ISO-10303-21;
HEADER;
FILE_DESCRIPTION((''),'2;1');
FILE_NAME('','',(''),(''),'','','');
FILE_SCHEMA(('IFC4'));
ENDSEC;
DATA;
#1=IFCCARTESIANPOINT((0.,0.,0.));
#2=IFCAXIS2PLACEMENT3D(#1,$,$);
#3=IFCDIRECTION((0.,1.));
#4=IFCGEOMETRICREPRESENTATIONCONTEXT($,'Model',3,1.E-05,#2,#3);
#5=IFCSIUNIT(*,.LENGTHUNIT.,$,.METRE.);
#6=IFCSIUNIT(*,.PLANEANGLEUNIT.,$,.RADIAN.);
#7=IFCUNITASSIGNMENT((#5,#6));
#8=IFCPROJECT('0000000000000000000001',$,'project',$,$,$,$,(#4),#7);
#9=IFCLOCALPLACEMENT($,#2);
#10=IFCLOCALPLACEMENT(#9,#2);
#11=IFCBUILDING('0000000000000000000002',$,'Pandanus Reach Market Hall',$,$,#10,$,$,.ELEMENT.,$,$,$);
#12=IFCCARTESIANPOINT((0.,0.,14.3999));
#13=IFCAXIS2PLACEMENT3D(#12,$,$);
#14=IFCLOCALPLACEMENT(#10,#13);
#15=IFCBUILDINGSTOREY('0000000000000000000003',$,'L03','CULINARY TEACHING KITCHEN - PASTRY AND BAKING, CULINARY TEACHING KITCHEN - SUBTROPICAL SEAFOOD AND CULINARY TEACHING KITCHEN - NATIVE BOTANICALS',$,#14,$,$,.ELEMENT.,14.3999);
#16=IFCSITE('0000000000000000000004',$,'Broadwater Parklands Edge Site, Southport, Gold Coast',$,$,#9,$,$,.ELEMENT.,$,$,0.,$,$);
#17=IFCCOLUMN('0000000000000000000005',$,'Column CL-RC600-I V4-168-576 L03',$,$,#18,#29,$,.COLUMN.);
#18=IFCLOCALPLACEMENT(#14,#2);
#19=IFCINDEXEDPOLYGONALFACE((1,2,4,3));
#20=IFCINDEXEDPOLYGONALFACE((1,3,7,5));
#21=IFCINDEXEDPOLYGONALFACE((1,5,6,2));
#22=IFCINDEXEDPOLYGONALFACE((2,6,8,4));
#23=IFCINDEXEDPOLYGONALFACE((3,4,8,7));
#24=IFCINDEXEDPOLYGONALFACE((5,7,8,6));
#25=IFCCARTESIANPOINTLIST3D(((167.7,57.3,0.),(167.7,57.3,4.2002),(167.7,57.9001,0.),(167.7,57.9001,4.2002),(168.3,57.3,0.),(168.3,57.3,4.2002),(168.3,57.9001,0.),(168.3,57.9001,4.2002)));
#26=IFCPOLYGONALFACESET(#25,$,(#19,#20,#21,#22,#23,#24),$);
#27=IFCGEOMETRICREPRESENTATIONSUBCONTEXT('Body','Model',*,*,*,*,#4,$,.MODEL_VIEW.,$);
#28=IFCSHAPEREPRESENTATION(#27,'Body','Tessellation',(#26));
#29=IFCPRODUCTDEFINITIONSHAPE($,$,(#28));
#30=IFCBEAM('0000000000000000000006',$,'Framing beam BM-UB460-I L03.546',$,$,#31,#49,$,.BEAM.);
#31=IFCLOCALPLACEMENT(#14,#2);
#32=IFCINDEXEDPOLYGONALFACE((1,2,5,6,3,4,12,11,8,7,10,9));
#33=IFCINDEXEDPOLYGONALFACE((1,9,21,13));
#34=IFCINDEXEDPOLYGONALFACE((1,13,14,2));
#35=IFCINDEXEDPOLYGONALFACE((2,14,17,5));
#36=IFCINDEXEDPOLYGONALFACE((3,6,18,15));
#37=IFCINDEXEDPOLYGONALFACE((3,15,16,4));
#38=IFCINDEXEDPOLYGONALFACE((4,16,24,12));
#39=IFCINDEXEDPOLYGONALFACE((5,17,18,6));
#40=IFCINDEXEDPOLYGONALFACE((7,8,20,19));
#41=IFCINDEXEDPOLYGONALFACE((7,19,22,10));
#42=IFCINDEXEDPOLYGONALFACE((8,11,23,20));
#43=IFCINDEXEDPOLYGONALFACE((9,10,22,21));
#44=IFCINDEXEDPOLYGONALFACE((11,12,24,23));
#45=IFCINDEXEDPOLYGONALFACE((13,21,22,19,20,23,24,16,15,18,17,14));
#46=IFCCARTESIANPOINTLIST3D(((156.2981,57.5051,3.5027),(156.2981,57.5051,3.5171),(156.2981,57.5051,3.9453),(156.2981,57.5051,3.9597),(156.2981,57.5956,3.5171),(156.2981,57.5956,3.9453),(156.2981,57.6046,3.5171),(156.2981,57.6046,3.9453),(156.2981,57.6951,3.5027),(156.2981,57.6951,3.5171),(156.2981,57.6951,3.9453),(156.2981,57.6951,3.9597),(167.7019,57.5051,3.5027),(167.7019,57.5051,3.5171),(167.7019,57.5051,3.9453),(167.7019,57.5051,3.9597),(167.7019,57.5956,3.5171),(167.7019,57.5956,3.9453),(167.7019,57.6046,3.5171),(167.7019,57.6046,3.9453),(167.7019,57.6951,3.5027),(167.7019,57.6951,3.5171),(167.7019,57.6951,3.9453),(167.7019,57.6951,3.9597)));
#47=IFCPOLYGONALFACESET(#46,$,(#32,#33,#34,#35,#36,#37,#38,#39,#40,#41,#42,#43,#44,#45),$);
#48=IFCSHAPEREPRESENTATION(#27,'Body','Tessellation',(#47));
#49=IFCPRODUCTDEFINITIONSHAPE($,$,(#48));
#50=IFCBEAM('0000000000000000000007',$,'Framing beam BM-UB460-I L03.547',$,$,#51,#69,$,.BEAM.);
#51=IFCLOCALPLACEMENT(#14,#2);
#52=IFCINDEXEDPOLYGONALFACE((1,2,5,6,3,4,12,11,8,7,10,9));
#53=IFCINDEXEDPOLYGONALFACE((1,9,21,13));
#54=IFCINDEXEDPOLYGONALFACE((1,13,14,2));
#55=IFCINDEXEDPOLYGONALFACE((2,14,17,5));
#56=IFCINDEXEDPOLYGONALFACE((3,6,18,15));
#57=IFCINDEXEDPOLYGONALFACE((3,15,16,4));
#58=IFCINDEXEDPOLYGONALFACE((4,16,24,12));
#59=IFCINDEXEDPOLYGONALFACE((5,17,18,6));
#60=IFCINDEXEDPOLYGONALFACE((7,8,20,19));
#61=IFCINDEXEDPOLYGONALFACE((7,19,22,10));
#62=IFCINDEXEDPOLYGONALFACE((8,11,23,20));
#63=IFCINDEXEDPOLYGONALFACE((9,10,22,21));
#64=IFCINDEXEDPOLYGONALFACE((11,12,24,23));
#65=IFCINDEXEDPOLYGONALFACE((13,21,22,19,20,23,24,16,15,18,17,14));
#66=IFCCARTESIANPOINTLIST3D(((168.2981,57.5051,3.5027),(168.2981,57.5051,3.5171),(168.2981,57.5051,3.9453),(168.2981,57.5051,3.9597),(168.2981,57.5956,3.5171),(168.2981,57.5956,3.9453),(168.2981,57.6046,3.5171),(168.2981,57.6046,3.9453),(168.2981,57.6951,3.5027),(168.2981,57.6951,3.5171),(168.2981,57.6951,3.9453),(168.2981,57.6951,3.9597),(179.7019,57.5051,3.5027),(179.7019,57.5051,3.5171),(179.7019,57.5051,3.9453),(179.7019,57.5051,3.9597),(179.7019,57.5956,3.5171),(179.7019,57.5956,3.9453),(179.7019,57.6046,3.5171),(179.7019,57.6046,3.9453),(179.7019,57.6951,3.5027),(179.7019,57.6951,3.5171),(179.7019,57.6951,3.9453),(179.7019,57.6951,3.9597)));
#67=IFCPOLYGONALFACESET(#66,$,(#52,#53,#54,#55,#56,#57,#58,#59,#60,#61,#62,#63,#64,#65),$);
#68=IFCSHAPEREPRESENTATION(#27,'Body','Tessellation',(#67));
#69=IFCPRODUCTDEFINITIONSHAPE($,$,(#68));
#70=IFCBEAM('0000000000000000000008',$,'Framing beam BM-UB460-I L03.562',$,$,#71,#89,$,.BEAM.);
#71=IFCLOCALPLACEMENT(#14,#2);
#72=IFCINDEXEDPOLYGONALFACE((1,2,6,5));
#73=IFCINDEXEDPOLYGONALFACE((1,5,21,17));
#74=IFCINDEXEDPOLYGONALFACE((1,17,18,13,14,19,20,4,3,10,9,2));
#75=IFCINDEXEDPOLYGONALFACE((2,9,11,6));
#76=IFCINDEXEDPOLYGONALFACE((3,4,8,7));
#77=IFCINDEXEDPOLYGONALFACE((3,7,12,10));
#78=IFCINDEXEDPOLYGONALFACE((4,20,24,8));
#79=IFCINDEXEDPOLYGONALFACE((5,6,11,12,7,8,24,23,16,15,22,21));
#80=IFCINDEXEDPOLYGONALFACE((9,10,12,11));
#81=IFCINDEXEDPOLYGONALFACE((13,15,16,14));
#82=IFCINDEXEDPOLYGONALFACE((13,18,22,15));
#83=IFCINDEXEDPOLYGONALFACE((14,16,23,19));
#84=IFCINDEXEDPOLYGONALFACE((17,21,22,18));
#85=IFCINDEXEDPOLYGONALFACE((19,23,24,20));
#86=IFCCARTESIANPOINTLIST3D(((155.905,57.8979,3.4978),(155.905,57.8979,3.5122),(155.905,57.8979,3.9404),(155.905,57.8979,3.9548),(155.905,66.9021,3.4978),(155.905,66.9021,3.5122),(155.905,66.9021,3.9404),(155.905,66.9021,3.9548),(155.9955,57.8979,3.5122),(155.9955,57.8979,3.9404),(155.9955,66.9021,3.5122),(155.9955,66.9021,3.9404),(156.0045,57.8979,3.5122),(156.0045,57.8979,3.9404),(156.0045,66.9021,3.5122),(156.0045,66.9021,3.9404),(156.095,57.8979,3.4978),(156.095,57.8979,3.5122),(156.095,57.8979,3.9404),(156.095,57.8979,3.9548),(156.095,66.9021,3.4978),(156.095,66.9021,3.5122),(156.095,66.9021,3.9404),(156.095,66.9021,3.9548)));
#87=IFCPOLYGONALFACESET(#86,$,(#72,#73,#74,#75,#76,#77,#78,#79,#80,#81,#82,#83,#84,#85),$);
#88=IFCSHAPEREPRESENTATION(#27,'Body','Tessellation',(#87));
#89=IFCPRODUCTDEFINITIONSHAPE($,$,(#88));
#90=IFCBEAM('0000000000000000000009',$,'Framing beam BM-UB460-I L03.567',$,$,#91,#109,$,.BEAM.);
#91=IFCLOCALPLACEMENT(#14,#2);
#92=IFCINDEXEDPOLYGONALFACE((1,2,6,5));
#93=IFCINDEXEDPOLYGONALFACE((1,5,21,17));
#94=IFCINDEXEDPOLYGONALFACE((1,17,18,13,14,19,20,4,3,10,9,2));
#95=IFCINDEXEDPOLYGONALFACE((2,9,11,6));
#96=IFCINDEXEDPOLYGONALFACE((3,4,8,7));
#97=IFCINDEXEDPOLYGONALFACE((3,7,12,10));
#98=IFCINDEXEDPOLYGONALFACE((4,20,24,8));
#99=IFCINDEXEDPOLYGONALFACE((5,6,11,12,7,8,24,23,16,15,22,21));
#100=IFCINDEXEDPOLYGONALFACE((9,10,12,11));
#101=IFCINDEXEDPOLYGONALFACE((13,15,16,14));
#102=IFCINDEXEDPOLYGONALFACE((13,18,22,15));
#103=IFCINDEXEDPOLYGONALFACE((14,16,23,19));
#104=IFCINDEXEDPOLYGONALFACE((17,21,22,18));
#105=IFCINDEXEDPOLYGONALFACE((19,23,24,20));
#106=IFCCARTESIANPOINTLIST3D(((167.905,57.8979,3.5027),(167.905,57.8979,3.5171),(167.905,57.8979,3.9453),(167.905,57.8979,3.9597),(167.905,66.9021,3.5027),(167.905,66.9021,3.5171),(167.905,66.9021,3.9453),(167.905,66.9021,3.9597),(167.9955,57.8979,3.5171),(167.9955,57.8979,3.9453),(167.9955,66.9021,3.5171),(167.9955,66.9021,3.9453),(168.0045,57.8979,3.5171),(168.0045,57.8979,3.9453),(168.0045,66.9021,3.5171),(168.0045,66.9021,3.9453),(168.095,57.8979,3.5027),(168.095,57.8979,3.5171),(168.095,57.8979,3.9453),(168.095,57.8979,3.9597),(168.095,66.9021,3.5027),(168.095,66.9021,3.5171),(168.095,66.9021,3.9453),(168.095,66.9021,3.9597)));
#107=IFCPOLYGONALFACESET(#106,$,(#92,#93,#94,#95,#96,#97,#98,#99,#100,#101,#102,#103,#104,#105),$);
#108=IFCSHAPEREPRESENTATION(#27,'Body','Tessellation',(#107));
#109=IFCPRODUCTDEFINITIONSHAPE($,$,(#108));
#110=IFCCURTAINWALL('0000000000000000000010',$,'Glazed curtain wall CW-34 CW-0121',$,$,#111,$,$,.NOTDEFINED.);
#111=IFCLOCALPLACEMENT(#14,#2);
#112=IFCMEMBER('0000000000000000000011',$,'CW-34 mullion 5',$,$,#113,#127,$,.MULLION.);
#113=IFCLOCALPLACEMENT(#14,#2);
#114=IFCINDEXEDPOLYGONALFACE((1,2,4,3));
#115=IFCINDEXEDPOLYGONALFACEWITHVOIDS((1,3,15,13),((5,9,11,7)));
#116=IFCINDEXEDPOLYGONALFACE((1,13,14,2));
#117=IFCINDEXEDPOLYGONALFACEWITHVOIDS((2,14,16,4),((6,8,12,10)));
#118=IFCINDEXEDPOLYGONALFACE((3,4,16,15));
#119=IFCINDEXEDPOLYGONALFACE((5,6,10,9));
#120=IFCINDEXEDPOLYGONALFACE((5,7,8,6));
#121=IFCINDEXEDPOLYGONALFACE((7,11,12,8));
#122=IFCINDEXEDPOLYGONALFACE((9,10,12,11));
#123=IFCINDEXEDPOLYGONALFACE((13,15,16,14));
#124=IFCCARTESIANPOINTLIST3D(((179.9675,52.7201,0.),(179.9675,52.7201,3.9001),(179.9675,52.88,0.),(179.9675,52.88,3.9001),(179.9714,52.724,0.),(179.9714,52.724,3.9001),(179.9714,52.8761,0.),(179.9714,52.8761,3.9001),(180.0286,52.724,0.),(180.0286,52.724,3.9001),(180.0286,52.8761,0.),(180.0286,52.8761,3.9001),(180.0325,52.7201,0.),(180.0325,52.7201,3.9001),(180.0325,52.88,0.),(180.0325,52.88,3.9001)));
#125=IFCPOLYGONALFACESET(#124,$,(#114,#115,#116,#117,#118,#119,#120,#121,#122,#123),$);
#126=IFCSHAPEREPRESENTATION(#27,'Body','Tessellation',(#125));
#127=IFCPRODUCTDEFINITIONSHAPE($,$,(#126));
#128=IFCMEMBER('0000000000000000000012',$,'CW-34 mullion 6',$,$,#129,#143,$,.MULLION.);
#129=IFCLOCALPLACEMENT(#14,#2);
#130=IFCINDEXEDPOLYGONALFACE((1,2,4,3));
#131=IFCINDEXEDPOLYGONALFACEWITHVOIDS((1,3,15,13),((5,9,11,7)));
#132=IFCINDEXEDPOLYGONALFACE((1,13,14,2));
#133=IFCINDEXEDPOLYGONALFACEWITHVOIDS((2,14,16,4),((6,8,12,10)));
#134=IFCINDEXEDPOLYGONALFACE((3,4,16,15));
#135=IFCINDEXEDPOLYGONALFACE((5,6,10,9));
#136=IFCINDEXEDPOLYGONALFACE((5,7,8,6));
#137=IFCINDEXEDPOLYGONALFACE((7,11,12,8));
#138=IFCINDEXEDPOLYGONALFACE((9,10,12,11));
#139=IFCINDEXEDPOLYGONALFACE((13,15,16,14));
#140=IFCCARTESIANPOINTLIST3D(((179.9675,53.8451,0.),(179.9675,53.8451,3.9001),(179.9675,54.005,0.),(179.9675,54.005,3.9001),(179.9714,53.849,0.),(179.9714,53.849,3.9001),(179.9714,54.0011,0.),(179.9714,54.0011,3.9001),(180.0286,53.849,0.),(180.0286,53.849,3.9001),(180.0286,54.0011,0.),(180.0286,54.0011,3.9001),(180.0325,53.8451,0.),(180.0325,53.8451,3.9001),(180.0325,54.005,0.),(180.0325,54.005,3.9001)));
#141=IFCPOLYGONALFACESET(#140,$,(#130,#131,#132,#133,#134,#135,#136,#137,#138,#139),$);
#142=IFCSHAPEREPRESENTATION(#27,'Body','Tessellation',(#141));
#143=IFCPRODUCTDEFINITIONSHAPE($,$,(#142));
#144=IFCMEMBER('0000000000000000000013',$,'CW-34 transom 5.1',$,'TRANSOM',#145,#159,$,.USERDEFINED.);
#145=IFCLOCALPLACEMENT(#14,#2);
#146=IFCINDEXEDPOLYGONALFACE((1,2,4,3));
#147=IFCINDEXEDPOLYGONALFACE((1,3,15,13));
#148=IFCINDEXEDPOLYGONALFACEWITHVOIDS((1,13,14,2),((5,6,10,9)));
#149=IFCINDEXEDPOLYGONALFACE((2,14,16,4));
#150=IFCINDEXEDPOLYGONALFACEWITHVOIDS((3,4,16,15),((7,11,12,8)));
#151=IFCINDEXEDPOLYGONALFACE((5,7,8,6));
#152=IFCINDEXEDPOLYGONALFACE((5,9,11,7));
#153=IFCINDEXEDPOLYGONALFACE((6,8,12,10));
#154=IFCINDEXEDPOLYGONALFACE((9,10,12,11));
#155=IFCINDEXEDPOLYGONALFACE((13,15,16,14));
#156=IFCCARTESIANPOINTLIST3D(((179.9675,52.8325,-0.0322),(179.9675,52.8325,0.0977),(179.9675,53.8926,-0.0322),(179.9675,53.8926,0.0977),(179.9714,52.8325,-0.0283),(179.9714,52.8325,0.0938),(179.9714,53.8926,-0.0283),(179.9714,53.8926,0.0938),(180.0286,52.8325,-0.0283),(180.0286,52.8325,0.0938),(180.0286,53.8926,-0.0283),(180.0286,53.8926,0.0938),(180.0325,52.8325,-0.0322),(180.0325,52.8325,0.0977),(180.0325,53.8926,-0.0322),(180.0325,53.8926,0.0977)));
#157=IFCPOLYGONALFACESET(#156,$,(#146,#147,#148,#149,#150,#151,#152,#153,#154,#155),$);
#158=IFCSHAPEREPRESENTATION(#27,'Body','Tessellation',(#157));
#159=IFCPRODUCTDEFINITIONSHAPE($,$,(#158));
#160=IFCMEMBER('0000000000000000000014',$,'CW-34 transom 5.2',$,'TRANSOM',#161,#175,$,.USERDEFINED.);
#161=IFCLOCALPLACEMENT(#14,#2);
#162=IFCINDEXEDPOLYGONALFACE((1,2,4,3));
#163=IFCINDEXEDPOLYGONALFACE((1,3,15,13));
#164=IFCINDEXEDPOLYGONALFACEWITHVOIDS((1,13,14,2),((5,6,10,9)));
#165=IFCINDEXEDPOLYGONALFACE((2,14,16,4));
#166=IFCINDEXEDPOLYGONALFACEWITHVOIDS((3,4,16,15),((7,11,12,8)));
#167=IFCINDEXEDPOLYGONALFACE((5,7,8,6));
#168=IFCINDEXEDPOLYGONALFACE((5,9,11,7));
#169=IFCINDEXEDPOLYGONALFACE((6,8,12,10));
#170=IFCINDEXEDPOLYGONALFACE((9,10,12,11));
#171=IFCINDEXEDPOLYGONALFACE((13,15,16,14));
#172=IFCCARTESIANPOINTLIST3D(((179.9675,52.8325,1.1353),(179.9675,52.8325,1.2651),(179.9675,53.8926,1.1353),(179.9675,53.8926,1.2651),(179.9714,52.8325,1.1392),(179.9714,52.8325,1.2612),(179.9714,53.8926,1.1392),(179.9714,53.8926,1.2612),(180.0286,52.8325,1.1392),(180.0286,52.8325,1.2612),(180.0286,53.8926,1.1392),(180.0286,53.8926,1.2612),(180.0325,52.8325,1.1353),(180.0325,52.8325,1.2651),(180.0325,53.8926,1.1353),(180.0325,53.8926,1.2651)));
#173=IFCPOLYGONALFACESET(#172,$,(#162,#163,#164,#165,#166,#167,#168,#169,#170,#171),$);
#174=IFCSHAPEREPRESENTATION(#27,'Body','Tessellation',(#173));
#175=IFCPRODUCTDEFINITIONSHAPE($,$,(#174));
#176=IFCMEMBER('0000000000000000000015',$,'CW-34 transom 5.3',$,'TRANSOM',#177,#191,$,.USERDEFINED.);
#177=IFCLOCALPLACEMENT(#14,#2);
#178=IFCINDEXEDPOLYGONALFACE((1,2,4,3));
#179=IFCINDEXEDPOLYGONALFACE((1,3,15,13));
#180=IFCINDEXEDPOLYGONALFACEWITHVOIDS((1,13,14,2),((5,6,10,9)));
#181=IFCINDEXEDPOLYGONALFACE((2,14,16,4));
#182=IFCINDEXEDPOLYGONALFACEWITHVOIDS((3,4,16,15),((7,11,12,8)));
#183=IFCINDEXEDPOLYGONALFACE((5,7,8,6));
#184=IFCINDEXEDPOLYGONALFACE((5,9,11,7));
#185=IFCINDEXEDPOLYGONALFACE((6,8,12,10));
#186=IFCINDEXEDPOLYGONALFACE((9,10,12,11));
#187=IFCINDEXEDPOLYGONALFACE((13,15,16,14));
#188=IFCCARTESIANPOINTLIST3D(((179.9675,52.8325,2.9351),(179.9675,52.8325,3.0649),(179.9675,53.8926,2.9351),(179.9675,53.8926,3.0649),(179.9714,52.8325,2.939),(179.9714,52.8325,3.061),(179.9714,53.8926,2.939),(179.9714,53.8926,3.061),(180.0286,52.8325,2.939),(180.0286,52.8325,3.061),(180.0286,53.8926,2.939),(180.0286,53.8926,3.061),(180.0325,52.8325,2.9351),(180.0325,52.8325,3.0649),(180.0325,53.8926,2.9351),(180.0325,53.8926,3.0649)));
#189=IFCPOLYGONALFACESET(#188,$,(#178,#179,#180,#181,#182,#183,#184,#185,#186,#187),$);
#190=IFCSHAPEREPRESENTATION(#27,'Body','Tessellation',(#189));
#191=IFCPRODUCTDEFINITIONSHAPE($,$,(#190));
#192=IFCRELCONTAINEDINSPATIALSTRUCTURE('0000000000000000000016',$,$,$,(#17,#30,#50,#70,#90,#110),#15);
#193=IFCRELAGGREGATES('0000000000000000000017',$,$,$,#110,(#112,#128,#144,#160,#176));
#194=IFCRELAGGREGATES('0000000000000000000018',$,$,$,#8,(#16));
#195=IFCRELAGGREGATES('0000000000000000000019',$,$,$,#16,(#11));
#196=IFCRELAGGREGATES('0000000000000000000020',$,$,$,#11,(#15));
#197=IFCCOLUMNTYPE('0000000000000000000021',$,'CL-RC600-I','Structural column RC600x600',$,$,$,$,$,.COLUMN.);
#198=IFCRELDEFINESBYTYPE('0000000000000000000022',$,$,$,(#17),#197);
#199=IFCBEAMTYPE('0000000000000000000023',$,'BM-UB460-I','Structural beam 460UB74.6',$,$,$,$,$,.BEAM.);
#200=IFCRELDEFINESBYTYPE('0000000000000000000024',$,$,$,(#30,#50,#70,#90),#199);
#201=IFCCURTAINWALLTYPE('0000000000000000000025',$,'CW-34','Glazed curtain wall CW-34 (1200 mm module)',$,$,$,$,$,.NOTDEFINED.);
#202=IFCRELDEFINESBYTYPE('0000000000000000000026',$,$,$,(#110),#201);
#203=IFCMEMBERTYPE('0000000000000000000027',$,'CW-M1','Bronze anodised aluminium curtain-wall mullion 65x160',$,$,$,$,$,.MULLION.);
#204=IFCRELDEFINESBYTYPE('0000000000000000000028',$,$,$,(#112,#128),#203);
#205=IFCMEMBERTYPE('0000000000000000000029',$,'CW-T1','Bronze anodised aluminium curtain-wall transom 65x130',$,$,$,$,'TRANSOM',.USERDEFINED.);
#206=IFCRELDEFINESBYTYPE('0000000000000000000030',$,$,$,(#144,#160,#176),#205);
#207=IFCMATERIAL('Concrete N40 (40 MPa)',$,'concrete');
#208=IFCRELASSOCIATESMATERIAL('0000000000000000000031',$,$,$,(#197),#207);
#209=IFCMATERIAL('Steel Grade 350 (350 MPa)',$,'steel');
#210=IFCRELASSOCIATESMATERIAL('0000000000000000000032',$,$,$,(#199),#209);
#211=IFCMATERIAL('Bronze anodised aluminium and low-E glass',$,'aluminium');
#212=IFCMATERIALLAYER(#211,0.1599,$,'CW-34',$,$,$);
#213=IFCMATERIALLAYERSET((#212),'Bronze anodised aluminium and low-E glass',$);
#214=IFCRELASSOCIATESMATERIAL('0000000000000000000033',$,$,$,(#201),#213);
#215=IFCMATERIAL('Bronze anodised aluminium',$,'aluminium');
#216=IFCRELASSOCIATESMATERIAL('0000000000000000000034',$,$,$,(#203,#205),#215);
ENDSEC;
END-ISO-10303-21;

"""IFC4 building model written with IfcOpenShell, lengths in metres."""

from ifc_helpers import new_model, si_unit, direction, frame, origin, origin_2d, place, context, subcontext, project, spatial, rectangle, hollow_rectangle, i_section, extrude, material, layer, layer_set, material_profile, profile_set, type_object, element, aggregate, save


model = new_model("IFC4")

# Units and contexts
model_context = context("Model", 3, precision=1e-05, world=origin(), true_north=direction((0.0, 1.0)))
body_context = subcontext(model_context, "Body", "Model", "MODEL_VIEW")
ifc_project = project(units=[si_unit("LENGTHUNIT", "METRE"), si_unit("PLANEANGLEUNIT", "RADIAN")], contexts=[model_context])

# Site, building, storey
site_placement = place(None, origin())
site = spatial("IfcSite", under=ifc_project, at=site_placement, Name="Broadwater Parklands Edge Site, Southport, Gold Coast", CompositionType="ELEMENT", RefElevation=0.0)
building_placement = place(site_placement, origin())
building = spatial("IfcBuilding", under=site, at=building_placement, Name="Pandanus Reach Market Hall", CompositionType="ELEMENT")
storey_placement = place(building_placement, frame((0.0, 0.0, 14.3999)))
storey = spatial("IfcBuildingStorey", under=building, at=storey_placement, Name="L03", Description="CULINARY TEACHING KITCHEN - PASTRY AND BAKING, CULINARY TEACHING KITCHEN - SUBTROPICAL SEAFOOD AND CULINARY TEACHING KITCHEN - NATIVE BOTANICALS", CompositionType="ELEMENT", Elevation=14.3999)

# Column
ifc_material_1 = material(Name="Concrete N40 (40 MPa)", Category="concrete")
ifc_material_profile_1 = material_profile(ifc_material_1, rectangle(XDim=0.6001, YDim=0.6001, at=origin_2d()), Name="RC600x600", Category="LoadBearing")
ifc_profile_set_1 = profile_set([ifc_material_profile_1], Name="Concrete N40 (40 MPa)")
column_type = type_object("IfcColumnType", Name="CL-RC600-I", Description="Structural column RC600x600", PredefinedType="COLUMN", material=ifc_profile_set_1)
column_placement = place(storey_placement, frame((168.0, 57.6001, 0.0), z_axis=(0.0, 0.0, 1.0), x_axis=(1.0, 0.0, 0.0)))
element("IfcColumn", 1, at=column_placement, inside=storey, type_object=column_type, Name="Column CL-RC600-I V4-168-576 L03", PredefinedType="COLUMN", context=body_context, shape_type="SweptSolid", body=[
    extrude(rectangle(XDim=0.6001, YDim=0.6001, at=origin_2d()), origin(), (0.0, 0.0, 1.0), 4.2002),
])

# Beams
ifc_material_2 = material(Name="Steel Grade 350 (350 MPa)", Category="steel")
ifc_material_profile_2 = material_profile(ifc_material_2, i_section(OverallWidth=0.1899, OverallDepth=0.457, WebThickness=0.009, FlangeThickness=0.0144, at=origin_2d()), Name="460UB74.6", Category="LoadBearing")
ifc_profile_set_2 = profile_set([ifc_material_profile_2], Name="Steel Grade 350 (350 MPa)")
beam_type_1 = type_object("IfcBeamType", Name="BM-UB460-I", Description="Structural beam 460UB74.6", PredefinedType="BEAM", material=ifc_profile_set_2)
for number, where, z_axis, x_axis, name in (
    (2, (156.2981, 57.6001, 3.7312), (1.0, 0.0, 0.0), (0.0, 1.0, 0.0), "Framing beam BM-UB460-I L03.546"),
    (3, (168.2981, 57.6001, 3.7312), (1.0, 0.0, 0.0), (0.0, 1.0, 0.0), "Framing beam BM-UB460-I L03.547"),
):
    element("IfcBeam", number, at=place(storey_placement, frame(where, z_axis=z_axis, x_axis=x_axis)), inside=storey, type_object=beam_type_1, Name=name, PredefinedType="BEAM", context=body_context, shape_type="SweptSolid", body=[
        extrude(i_section(OverallWidth=0.1899, OverallDepth=0.457, WebThickness=0.009, FlangeThickness=0.0144, at=origin_2d()), origin(), (0.0, 0.0, 1.0), 11.4038),
    ])
for number, where, z_axis, x_axis, name in (
    (4, (156.0, 57.8979, 3.7263), (0.0, 1.0, 0.0), (-1.0, 0.0, 0.0), "Framing beam BM-UB460-I L03.562"),
    (5, (168.0, 57.8979, 3.7312), (0.0, 1.0, 0.0), (-1.0, 0.0, 0.0), "Framing beam BM-UB460-I L03.567"),
):
    element("IfcBeam", number, at=place(storey_placement, frame(where, z_axis=z_axis, x_axis=x_axis)), inside=storey, type_object=beam_type_1, Name=name, PredefinedType="BEAM", context=body_context, shape_type="SweptSolid", body=[
        extrude(i_section(OverallWidth=0.1899, OverallDepth=0.457, WebThickness=0.009, FlangeThickness=0.0144, at=origin_2d()), origin(), (0.0, 0.0, 1.0), 9.0042),
    ])

# Curtain wall, members
ifc_material_3 = material(Name="Bronze anodised aluminium and low-E glass", Category="aluminium")
ifc_layer_1 = layer(ifc_material_3, 0.1599, Name="CW-34")
ifc_layer_set_1 = layer_set([ifc_layer_1], Name="Bronze anodised aluminium and low-E glass")
curtain_wall_type = type_object("IfcCurtainWallType", Name="CW-34", Description="Glazed curtain wall CW-34 (1200 mm module)", PredefinedType="NOTDEFINED", material=ifc_layer_set_1)
curtain_wall_placement = place(storey_placement, origin())
curtain_wall = element("IfcCurtainWall", 6, at=curtain_wall_placement, inside=storey, type_object=curtain_wall_type, Name="Glazed curtain wall CW-34 CW-0121", PredefinedType="NOTDEFINED")
ifc_material_4 = material(Name="Bronze anodised aluminium", Category="aluminium")
ifc_material_profile_3 = material_profile(ifc_material_4, hollow_rectangle(XDim=0.0649, YDim=0.1599, WallThickness=0.0039, at=origin_2d()), Name="ALU65x160", Category="LoadBearing")
ifc_profile_set_3 = profile_set([ifc_material_profile_3], Name="Bronze anodised aluminium")
member_type_1 = type_object("IfcMemberType", Name="CW-M1", Description="Bronze anodised aluminium curtain-wall mullion 65x160", PredefinedType="MULLION", material=ifc_profile_set_3)
member_1_placement = place(storey_placement, frame((180.0, 52.8, 0.0), z_axis=(0.0, 0.0, 1.0), x_axis=(-1.0, 0.0, 0.0)))
member_1 = element("IfcMember", 7, at=member_1_placement, type_object=member_type_1, Name="CW-34 mullion 5", PredefinedType="MULLION", context=body_context, shape_type="SweptSolid", body=[
    extrude(hollow_rectangle(XDim=0.0649, YDim=0.1599, WallThickness=0.0039, at=origin_2d()), origin(), (0.0, 0.0, 1.0), 3.9001),
])
member_2_placement = place(storey_placement, frame((180.0, 53.925, 0.0), z_axis=(0.0, 0.0, 1.0), x_axis=(-1.0, 0.0, 0.0)))
member_2 = element("IfcMember", 8, at=member_2_placement, type_object=member_type_1, Name="CW-34 mullion 6", PredefinedType="MULLION", context=body_context, shape_type="SweptSolid", body=[
    extrude(hollow_rectangle(XDim=0.0649, YDim=0.1599, WallThickness=0.0039, at=origin_2d()), origin(), (0.0, 0.0, 1.0), 3.9001),
])
ifc_material_profile_4 = material_profile(ifc_material_4, hollow_rectangle(XDim=0.0649, YDim=0.1299, WallThickness=0.0039, at=origin_2d()), Name="ALU65x130", Category="LoadBearing")
ifc_profile_set_4 = profile_set([ifc_material_profile_4], Name="Bronze anodised aluminium")
member_type_2 = type_object("IfcMemberType", Name="CW-T1", Description="Bronze anodised aluminium curtain-wall transom 65x130", ElementType="TRANSOM", PredefinedType="USERDEFINED", material=ifc_profile_set_4)
member_3_placement = place(storey_placement, frame((180.0, 52.8325, 0.0327), z_axis=(0.0, 1.0, 0.0), x_axis=(-1.0, 0.0, 0.0)))
member_3 = element("IfcMember", 9, at=member_3_placement, type_object=member_type_2, Name="CW-34 transom 5.1", ObjectType="TRANSOM", PredefinedType="USERDEFINED", context=body_context, shape_type="SweptSolid", body=[
    extrude(hollow_rectangle(XDim=0.0649, YDim=0.1299, WallThickness=0.0039, at=origin_2d()), origin(), (0.0, 0.0, 1.0), 1.0601),
])
member_4_placement = place(storey_placement, frame((180.0, 52.8325, 1.2002), z_axis=(0.0, 1.0, 0.0), x_axis=(-1.0, 0.0, 0.0)))
member_4 = element("IfcMember", 10, at=member_4_placement, type_object=member_type_2, Name="CW-34 transom 5.2", ObjectType="TRANSOM", PredefinedType="USERDEFINED", context=body_context, shape_type="SweptSolid", body=[
    extrude(hollow_rectangle(XDim=0.0649, YDim=0.1299, WallThickness=0.0039, at=origin_2d()), origin(), (0.0, 0.0, 1.0), 1.0601),
])
member_5_placement = place(storey_placement, frame((180.0, 52.8325, 3.0), z_axis=(0.0, 1.0, 0.0), x_axis=(-1.0, 0.0, 0.0)))
member_5 = element("IfcMember", 11, at=member_5_placement, type_object=member_type_2, Name="CW-34 transom 5.3", ObjectType="TRANSOM", PredefinedType="USERDEFINED", context=body_context, shape_type="SweptSolid", body=[
    extrude(hollow_rectangle(XDim=0.0649, YDim=0.1299, WallThickness=0.0039, at=origin_2d()), origin(), (0.0, 0.0, 1.0), 1.0601),
])

aggregate(curtain_wall, [member_1, member_2, member_3, member_4, member_5])

save(model, "model.ifc")
